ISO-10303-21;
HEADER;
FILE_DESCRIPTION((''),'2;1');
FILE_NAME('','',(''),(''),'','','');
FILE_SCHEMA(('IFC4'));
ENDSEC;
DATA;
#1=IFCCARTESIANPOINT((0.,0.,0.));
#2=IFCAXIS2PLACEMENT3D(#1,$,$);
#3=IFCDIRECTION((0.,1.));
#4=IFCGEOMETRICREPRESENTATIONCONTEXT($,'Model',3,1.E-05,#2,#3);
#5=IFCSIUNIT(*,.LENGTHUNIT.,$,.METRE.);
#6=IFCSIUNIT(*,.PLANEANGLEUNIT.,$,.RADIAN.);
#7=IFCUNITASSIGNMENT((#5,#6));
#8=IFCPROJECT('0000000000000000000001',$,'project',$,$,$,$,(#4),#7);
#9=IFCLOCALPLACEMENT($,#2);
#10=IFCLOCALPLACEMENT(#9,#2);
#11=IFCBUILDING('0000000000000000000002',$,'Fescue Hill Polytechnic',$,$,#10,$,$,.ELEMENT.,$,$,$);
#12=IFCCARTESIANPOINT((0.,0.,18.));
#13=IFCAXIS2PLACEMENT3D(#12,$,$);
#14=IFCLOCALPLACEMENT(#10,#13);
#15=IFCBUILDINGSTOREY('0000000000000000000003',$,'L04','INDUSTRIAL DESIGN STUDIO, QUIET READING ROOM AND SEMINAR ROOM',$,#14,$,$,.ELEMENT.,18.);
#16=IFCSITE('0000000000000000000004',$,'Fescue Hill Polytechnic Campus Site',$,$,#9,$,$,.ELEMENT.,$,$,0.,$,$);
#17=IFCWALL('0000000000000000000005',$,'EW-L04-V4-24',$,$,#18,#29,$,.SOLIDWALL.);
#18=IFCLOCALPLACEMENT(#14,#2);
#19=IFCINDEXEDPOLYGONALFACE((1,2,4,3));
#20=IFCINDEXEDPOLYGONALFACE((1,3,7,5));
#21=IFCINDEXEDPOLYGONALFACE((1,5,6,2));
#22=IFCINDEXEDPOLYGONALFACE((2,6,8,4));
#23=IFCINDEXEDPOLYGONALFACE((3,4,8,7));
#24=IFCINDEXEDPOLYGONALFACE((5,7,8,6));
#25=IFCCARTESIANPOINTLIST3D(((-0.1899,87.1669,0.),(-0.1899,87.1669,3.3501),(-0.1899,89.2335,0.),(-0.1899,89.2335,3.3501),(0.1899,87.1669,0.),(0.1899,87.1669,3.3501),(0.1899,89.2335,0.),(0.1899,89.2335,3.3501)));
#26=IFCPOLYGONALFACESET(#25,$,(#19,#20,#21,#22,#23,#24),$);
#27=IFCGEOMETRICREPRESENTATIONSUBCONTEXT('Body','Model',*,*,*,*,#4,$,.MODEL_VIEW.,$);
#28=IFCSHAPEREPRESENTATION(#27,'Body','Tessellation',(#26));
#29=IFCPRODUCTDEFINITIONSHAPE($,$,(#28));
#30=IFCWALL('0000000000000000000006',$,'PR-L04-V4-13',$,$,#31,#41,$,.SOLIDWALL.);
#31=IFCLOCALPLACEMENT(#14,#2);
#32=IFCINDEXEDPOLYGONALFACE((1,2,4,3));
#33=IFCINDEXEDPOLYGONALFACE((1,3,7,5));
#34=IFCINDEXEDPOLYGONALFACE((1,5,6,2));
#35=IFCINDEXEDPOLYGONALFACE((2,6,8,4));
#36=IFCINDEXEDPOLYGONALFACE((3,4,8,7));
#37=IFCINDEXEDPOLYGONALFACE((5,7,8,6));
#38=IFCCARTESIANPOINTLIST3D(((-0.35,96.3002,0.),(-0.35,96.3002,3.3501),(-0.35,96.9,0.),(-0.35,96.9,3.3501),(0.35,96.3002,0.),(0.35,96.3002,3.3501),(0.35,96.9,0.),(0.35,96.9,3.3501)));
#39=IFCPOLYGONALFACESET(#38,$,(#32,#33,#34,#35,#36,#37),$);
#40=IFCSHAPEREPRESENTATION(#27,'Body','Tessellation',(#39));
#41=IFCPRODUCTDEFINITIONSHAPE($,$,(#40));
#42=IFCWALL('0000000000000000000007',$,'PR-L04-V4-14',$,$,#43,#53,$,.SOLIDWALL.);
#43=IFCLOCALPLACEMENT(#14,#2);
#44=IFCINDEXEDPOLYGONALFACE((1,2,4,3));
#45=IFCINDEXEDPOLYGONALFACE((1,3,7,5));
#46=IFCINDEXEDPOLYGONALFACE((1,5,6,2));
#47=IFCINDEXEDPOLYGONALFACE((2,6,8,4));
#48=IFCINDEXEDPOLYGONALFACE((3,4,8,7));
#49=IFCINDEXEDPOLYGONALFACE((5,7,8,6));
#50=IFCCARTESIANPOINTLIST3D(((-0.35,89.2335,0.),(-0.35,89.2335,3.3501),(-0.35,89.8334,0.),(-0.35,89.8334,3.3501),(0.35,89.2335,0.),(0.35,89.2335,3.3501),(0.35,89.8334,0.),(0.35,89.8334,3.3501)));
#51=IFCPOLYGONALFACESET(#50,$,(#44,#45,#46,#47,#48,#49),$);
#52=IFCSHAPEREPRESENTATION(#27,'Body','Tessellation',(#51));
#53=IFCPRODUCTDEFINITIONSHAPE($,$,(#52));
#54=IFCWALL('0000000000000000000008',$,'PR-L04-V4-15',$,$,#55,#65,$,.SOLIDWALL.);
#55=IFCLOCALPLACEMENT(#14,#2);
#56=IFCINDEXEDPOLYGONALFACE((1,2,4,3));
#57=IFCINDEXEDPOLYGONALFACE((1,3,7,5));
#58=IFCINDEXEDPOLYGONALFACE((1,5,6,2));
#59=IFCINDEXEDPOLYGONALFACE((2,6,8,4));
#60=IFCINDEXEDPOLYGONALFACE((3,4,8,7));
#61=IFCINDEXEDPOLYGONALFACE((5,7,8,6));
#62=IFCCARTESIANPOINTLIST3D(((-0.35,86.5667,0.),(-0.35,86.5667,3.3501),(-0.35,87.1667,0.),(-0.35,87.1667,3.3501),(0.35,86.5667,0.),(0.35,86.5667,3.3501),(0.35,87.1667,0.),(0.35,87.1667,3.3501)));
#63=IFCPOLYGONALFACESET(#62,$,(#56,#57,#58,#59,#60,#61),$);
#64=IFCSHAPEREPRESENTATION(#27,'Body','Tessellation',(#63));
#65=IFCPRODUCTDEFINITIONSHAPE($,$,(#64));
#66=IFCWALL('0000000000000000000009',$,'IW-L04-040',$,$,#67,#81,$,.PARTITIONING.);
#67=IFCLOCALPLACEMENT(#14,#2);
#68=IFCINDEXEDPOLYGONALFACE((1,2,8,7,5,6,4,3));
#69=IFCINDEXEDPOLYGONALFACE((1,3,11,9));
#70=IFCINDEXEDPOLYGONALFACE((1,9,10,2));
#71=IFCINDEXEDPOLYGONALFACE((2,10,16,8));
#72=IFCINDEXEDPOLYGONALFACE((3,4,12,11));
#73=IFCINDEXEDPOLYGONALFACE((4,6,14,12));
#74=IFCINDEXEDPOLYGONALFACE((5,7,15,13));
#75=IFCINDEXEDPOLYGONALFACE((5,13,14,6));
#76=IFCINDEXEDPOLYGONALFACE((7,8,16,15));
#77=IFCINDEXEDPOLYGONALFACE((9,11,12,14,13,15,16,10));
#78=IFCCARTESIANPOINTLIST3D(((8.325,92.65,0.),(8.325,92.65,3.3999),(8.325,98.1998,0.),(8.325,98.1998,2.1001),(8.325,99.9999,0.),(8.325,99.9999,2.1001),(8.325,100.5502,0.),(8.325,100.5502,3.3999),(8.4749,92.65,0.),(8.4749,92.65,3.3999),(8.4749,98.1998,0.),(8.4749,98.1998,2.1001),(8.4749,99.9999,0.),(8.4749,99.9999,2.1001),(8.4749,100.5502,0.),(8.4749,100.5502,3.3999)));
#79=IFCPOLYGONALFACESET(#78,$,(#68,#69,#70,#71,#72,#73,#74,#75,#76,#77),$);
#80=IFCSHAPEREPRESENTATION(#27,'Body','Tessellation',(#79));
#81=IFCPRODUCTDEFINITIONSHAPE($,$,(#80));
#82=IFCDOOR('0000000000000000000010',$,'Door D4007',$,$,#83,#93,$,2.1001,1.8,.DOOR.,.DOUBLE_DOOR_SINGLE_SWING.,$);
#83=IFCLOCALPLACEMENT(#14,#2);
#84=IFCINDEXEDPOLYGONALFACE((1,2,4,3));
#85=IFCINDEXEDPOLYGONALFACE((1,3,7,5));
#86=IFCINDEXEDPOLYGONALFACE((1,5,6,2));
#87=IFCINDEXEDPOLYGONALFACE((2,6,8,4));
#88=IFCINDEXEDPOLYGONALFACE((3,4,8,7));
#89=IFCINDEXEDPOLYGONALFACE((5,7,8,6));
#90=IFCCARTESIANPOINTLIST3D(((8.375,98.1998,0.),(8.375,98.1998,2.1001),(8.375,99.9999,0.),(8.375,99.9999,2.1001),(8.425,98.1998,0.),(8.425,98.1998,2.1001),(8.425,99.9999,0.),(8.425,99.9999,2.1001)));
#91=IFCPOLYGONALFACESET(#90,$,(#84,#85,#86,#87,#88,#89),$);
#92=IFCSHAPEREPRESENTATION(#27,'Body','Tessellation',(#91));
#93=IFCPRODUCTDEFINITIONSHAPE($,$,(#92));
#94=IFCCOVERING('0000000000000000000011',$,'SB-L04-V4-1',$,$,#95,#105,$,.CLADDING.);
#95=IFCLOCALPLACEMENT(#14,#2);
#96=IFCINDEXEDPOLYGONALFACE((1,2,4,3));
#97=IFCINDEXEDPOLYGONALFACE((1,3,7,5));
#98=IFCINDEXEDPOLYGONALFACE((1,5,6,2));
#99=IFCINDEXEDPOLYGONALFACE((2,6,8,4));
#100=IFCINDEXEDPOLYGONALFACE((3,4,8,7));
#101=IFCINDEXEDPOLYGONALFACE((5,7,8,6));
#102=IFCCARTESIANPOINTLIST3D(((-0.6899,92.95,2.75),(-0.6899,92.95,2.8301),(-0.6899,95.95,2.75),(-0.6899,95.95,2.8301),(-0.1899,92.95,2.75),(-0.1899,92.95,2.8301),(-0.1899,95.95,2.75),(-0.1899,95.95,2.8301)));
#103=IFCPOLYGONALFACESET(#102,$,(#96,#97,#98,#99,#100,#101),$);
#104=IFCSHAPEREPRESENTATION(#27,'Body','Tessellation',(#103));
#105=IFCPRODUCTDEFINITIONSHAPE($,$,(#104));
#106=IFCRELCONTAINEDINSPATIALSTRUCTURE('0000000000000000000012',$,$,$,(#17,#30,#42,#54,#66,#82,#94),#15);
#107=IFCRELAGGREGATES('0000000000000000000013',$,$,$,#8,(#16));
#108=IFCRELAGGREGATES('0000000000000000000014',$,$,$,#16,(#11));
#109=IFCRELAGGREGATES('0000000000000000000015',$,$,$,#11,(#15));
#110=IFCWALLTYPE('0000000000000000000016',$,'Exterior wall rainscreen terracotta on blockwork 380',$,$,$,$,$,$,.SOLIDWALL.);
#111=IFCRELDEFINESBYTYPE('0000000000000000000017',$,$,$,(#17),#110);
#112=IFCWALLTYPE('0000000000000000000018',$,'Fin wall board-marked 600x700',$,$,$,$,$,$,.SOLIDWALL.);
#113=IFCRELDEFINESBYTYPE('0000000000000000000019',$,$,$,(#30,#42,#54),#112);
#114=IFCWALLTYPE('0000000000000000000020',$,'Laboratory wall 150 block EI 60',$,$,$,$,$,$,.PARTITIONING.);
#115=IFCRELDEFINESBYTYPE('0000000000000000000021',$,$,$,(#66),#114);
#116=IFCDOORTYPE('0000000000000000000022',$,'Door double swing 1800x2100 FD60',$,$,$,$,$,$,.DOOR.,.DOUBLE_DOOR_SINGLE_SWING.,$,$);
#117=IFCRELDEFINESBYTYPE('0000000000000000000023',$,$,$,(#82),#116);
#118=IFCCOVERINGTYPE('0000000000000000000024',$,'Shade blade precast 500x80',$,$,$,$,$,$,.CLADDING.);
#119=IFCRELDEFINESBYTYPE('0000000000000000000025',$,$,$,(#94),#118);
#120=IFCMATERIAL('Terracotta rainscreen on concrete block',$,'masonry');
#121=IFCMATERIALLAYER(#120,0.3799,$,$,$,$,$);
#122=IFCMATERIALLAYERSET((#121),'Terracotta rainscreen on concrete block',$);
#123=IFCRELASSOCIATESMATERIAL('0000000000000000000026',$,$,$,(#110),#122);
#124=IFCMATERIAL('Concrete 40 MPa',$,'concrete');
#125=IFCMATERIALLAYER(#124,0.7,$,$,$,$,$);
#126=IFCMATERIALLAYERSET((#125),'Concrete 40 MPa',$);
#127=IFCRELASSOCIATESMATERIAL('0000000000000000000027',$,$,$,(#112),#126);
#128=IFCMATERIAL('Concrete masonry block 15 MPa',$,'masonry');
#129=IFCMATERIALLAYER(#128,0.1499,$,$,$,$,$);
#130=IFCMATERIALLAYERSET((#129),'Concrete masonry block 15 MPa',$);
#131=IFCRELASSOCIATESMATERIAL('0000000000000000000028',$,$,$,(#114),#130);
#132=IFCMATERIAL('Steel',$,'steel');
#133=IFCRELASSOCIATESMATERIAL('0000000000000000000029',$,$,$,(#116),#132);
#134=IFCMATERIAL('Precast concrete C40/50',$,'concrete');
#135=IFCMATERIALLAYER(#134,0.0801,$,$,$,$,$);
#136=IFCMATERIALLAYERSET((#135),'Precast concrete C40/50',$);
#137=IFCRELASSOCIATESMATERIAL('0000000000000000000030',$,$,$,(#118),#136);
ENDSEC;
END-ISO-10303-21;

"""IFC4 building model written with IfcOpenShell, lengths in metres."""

from ifc_helpers import new_model, si_unit, direction, frame, frame_2d, origin, origin_2d, place, context, subcontext, project, spatial, rectangle, extrude, material, layer, layer_set, type_object, element, fill, save


model = new_model("IFC4")

# Units and contexts
model_context = context("Model", 3, precision=1e-05, world=origin(), true_north=direction((0.0, 1.0)))
body_context = subcontext(model_context, "Body", "Model", "MODEL_VIEW")
ifc_project = project(units=[si_unit("LENGTHUNIT", "METRE"), si_unit("PLANEANGLEUNIT", "RADIAN")], contexts=[model_context])

# Site, building, storey
site_placement = place(None, origin())
site = spatial("IfcSite", under=ifc_project, at=site_placement, Name="Fescue Hill Polytechnic Campus Site", CompositionType="ELEMENT", RefElevation=0.0)
building_placement = place(site_placement, origin())
building = spatial("IfcBuilding", under=site, at=building_placement, Name="Fescue Hill Polytechnic", CompositionType="ELEMENT")
storey_placement = place(building_placement, frame((0.0, 0.0, 18.0)))
storey = spatial("IfcBuildingStorey", under=building, at=storey_placement, Name="L04", Description="INDUSTRIAL DESIGN STUDIO, QUIET READING ROOM AND SEMINAR ROOM", CompositionType="ELEMENT", Elevation=18.0)

# Shared definitions
ifc_material_1 = material(Name="Concrete 40 MPa", Category="concrete")

# Shared definitions
ifc_material_2 = material(Name="Terracotta rainscreen on concrete block", Category="masonry")
ifc_layer_1 = layer(ifc_material_2, 0.3799)
ifc_layer_set_1 = layer_set([ifc_layer_1], Name="Terracotta rainscreen on concrete block")
wall_type_1 = type_object("IfcWallType", Name="Exterior wall rainscreen terracotta on blockwork 380", PredefinedType="SOLIDWALL", material=ifc_layer_set_1)

# Walls
wall_1_placement = place(storey_placement, frame((0.0, 89.2334, 0.0), z_axis=(0.0, 0.0, 1.0), x_axis=(0.0, -1.0, 0.0)))
element("IfcWall", 1, at=wall_1_placement, inside=storey, type_object=wall_type_1, Name="EW-L04-V4-24", PredefinedType="SOLIDWALL", context=body_context, shape_type="SweptSolid", body=[
    extrude(rectangle(XDim=2.0667, YDim=0.3799, at=frame_2d((1.0332, 0.0))), origin(), (0.0, 0.0, 1.0), 3.3501),
])
ifc_layer_2 = layer(ifc_material_1, 0.7)
ifc_layer_set_2 = layer_set([ifc_layer_2], Name="Concrete 40 MPa")
wall_type_2 = type_object("IfcWallType", Name="Fin wall board-marked 600x700", PredefinedType="SOLIDWALL", material=ifc_layer_set_2)
for number, where, z_axis, x_axis, name in (
    (2, (0.0, 96.8999, 0.0), (0.0, 0.0, 1.0), (0.0, -1.0, 0.0), "PR-L04-V4-13"),
    (3, (0.0, 89.8333, 0.0), (0.0, 0.0, 1.0), (0.0, -1.0, 0.0), "PR-L04-V4-14"),
):
    element("IfcWall", number, at=place(storey_placement, frame(where, z_axis=z_axis, x_axis=x_axis)), inside=storey, type_object=wall_type_2, Name=name, PredefinedType="SOLIDWALL", context=body_context, shape_type="SweptSolid", body=[
        extrude(rectangle(XDim=0.5999, YDim=0.7, at=frame_2d((0.2998, 0.0))), origin(), (0.0, 0.0, 1.0), 3.3501),
    ])
wall_2_placement = place(storey_placement, frame((0.0, 87.1667, 0.0), z_axis=(0.0, 0.0, 1.0), x_axis=(0.0, -1.0, 0.0)))
element("IfcWall", 4, at=wall_2_placement, inside=storey, type_object=wall_type_2, Name="PR-L04-V4-15", PredefinedType="SOLIDWALL", context=body_context, shape_type="SweptSolid", body=[
    extrude(rectangle(XDim=0.6001, YDim=0.7, at=frame_2d((0.3, 0.0))), origin(), (0.0, 0.0, 1.0), 3.3501),
])

# Wall, opening, door
ifc_material_3 = material(Name="Concrete masonry block 15 MPa", Category="masonry")
ifc_layer_3 = layer(ifc_material_3, 0.1499)
ifc_layer_set_3 = layer_set([ifc_layer_3], Name="Concrete masonry block 15 MPa")
wall_type_3 = type_object("IfcWallType", Name="Laboratory wall 150 block EI 60", PredefinedType="PARTITIONING", material=ifc_layer_set_3)
wall_3_placement = place(storey_placement, frame((8.3999, 92.6499, 0.0), z_axis=(0.0, 0.0, 1.0), x_axis=(0.0, 1.0, 0.0)))
wall_3 = element("IfcWall", 5, at=wall_3_placement, inside=storey, type_object=wall_type_3, Name="IW-L04-040", PredefinedType="PARTITIONING", context=body_context, shape_type="SweptSolid", body=[
    extrude(rectangle(XDim=7.9001, YDim=0.1499, at=frame_2d((3.9502, 0.0))), origin(), (0.0, 0.0, 1.0), 3.3999),
])
opening_1_placement = place(wall_3_placement, frame((5.55, 0.0, 0.0)))
opening_1 = element("IfcOpeningElement", 6, at=opening_1_placement, cuts=wall_3, PredefinedType="OPENING", context=body_context, shape_type="SweptSolid", body=[
    extrude(rectangle(XDim=1.8, YDim=2.1001, at=frame_2d((0.8999, 1.05))), frame((0.0, 0.085, 0.0), z_axis=(0.0, -1.0, 0.0), x_axis=(1.0, 0.0, 0.0)), (0.0, 0.0, 1.0), 0.1699),
])
ifc_material_4 = material(Name="Steel", Category="steel")
door_type = type_object("IfcDoorType", Name="Door double swing 1800x2100 FD60", OperationType="DOUBLE_DOOR_SINGLE_SWING", PredefinedType="DOOR", material=ifc_material_4)
door_placement = place(opening_1_placement, origin())
door = element("IfcDoor", 7, at=door_placement, inside=storey, type_object=door_type, Name="Door D4007", OperationType="DOUBLE_DOOR_SINGLE_SWING", OverallHeight=2.1001, OverallWidth=1.8, PredefinedType="DOOR", context=body_context, shape_type="SweptSolid", body=[
    extrude(rectangle(XDim=1.8, YDim=2.1001, at=frame_2d((0.8999, 1.05))), frame((0.0, 0.0249, 0.0), z_axis=(0.0, -1.0, 0.0), x_axis=(1.0, 0.0, 0.0)), (0.0, 0.0, 1.0), 0.05),
])
fill(opening_1, door)

# Covering
ifc_material_5 = material(Name="Precast concrete C40/50", Category="concrete")
ifc_layer_4 = layer(ifc_material_5, 0.0801)
ifc_layer_set_4 = layer_set([ifc_layer_4], Name="Precast concrete C40/50")
covering_type = type_object("IfcCoveringType", Name="Shade blade precast 500x80", PredefinedType="CLADDING", material=ifc_layer_set_4)
covering_placement = place(storey_placement, frame((-0.4399, 94.45, 2.75), z_axis=(0.0, 0.0, 1.0), x_axis=(0.0, -1.0, 0.0)))
element("IfcCovering", 8, at=covering_placement, inside=storey, type_object=covering_type, Name="SB-L04-V4-1", PredefinedType="CLADDING", context=body_context, shape_type="SweptSolid", body=[
    extrude(rectangle(XDim=3.0, YDim=0.5, at=origin_2d()), origin(), (0.0, 0.0, 1.0), 0.0801),
])

save(model, "model.ifc")
